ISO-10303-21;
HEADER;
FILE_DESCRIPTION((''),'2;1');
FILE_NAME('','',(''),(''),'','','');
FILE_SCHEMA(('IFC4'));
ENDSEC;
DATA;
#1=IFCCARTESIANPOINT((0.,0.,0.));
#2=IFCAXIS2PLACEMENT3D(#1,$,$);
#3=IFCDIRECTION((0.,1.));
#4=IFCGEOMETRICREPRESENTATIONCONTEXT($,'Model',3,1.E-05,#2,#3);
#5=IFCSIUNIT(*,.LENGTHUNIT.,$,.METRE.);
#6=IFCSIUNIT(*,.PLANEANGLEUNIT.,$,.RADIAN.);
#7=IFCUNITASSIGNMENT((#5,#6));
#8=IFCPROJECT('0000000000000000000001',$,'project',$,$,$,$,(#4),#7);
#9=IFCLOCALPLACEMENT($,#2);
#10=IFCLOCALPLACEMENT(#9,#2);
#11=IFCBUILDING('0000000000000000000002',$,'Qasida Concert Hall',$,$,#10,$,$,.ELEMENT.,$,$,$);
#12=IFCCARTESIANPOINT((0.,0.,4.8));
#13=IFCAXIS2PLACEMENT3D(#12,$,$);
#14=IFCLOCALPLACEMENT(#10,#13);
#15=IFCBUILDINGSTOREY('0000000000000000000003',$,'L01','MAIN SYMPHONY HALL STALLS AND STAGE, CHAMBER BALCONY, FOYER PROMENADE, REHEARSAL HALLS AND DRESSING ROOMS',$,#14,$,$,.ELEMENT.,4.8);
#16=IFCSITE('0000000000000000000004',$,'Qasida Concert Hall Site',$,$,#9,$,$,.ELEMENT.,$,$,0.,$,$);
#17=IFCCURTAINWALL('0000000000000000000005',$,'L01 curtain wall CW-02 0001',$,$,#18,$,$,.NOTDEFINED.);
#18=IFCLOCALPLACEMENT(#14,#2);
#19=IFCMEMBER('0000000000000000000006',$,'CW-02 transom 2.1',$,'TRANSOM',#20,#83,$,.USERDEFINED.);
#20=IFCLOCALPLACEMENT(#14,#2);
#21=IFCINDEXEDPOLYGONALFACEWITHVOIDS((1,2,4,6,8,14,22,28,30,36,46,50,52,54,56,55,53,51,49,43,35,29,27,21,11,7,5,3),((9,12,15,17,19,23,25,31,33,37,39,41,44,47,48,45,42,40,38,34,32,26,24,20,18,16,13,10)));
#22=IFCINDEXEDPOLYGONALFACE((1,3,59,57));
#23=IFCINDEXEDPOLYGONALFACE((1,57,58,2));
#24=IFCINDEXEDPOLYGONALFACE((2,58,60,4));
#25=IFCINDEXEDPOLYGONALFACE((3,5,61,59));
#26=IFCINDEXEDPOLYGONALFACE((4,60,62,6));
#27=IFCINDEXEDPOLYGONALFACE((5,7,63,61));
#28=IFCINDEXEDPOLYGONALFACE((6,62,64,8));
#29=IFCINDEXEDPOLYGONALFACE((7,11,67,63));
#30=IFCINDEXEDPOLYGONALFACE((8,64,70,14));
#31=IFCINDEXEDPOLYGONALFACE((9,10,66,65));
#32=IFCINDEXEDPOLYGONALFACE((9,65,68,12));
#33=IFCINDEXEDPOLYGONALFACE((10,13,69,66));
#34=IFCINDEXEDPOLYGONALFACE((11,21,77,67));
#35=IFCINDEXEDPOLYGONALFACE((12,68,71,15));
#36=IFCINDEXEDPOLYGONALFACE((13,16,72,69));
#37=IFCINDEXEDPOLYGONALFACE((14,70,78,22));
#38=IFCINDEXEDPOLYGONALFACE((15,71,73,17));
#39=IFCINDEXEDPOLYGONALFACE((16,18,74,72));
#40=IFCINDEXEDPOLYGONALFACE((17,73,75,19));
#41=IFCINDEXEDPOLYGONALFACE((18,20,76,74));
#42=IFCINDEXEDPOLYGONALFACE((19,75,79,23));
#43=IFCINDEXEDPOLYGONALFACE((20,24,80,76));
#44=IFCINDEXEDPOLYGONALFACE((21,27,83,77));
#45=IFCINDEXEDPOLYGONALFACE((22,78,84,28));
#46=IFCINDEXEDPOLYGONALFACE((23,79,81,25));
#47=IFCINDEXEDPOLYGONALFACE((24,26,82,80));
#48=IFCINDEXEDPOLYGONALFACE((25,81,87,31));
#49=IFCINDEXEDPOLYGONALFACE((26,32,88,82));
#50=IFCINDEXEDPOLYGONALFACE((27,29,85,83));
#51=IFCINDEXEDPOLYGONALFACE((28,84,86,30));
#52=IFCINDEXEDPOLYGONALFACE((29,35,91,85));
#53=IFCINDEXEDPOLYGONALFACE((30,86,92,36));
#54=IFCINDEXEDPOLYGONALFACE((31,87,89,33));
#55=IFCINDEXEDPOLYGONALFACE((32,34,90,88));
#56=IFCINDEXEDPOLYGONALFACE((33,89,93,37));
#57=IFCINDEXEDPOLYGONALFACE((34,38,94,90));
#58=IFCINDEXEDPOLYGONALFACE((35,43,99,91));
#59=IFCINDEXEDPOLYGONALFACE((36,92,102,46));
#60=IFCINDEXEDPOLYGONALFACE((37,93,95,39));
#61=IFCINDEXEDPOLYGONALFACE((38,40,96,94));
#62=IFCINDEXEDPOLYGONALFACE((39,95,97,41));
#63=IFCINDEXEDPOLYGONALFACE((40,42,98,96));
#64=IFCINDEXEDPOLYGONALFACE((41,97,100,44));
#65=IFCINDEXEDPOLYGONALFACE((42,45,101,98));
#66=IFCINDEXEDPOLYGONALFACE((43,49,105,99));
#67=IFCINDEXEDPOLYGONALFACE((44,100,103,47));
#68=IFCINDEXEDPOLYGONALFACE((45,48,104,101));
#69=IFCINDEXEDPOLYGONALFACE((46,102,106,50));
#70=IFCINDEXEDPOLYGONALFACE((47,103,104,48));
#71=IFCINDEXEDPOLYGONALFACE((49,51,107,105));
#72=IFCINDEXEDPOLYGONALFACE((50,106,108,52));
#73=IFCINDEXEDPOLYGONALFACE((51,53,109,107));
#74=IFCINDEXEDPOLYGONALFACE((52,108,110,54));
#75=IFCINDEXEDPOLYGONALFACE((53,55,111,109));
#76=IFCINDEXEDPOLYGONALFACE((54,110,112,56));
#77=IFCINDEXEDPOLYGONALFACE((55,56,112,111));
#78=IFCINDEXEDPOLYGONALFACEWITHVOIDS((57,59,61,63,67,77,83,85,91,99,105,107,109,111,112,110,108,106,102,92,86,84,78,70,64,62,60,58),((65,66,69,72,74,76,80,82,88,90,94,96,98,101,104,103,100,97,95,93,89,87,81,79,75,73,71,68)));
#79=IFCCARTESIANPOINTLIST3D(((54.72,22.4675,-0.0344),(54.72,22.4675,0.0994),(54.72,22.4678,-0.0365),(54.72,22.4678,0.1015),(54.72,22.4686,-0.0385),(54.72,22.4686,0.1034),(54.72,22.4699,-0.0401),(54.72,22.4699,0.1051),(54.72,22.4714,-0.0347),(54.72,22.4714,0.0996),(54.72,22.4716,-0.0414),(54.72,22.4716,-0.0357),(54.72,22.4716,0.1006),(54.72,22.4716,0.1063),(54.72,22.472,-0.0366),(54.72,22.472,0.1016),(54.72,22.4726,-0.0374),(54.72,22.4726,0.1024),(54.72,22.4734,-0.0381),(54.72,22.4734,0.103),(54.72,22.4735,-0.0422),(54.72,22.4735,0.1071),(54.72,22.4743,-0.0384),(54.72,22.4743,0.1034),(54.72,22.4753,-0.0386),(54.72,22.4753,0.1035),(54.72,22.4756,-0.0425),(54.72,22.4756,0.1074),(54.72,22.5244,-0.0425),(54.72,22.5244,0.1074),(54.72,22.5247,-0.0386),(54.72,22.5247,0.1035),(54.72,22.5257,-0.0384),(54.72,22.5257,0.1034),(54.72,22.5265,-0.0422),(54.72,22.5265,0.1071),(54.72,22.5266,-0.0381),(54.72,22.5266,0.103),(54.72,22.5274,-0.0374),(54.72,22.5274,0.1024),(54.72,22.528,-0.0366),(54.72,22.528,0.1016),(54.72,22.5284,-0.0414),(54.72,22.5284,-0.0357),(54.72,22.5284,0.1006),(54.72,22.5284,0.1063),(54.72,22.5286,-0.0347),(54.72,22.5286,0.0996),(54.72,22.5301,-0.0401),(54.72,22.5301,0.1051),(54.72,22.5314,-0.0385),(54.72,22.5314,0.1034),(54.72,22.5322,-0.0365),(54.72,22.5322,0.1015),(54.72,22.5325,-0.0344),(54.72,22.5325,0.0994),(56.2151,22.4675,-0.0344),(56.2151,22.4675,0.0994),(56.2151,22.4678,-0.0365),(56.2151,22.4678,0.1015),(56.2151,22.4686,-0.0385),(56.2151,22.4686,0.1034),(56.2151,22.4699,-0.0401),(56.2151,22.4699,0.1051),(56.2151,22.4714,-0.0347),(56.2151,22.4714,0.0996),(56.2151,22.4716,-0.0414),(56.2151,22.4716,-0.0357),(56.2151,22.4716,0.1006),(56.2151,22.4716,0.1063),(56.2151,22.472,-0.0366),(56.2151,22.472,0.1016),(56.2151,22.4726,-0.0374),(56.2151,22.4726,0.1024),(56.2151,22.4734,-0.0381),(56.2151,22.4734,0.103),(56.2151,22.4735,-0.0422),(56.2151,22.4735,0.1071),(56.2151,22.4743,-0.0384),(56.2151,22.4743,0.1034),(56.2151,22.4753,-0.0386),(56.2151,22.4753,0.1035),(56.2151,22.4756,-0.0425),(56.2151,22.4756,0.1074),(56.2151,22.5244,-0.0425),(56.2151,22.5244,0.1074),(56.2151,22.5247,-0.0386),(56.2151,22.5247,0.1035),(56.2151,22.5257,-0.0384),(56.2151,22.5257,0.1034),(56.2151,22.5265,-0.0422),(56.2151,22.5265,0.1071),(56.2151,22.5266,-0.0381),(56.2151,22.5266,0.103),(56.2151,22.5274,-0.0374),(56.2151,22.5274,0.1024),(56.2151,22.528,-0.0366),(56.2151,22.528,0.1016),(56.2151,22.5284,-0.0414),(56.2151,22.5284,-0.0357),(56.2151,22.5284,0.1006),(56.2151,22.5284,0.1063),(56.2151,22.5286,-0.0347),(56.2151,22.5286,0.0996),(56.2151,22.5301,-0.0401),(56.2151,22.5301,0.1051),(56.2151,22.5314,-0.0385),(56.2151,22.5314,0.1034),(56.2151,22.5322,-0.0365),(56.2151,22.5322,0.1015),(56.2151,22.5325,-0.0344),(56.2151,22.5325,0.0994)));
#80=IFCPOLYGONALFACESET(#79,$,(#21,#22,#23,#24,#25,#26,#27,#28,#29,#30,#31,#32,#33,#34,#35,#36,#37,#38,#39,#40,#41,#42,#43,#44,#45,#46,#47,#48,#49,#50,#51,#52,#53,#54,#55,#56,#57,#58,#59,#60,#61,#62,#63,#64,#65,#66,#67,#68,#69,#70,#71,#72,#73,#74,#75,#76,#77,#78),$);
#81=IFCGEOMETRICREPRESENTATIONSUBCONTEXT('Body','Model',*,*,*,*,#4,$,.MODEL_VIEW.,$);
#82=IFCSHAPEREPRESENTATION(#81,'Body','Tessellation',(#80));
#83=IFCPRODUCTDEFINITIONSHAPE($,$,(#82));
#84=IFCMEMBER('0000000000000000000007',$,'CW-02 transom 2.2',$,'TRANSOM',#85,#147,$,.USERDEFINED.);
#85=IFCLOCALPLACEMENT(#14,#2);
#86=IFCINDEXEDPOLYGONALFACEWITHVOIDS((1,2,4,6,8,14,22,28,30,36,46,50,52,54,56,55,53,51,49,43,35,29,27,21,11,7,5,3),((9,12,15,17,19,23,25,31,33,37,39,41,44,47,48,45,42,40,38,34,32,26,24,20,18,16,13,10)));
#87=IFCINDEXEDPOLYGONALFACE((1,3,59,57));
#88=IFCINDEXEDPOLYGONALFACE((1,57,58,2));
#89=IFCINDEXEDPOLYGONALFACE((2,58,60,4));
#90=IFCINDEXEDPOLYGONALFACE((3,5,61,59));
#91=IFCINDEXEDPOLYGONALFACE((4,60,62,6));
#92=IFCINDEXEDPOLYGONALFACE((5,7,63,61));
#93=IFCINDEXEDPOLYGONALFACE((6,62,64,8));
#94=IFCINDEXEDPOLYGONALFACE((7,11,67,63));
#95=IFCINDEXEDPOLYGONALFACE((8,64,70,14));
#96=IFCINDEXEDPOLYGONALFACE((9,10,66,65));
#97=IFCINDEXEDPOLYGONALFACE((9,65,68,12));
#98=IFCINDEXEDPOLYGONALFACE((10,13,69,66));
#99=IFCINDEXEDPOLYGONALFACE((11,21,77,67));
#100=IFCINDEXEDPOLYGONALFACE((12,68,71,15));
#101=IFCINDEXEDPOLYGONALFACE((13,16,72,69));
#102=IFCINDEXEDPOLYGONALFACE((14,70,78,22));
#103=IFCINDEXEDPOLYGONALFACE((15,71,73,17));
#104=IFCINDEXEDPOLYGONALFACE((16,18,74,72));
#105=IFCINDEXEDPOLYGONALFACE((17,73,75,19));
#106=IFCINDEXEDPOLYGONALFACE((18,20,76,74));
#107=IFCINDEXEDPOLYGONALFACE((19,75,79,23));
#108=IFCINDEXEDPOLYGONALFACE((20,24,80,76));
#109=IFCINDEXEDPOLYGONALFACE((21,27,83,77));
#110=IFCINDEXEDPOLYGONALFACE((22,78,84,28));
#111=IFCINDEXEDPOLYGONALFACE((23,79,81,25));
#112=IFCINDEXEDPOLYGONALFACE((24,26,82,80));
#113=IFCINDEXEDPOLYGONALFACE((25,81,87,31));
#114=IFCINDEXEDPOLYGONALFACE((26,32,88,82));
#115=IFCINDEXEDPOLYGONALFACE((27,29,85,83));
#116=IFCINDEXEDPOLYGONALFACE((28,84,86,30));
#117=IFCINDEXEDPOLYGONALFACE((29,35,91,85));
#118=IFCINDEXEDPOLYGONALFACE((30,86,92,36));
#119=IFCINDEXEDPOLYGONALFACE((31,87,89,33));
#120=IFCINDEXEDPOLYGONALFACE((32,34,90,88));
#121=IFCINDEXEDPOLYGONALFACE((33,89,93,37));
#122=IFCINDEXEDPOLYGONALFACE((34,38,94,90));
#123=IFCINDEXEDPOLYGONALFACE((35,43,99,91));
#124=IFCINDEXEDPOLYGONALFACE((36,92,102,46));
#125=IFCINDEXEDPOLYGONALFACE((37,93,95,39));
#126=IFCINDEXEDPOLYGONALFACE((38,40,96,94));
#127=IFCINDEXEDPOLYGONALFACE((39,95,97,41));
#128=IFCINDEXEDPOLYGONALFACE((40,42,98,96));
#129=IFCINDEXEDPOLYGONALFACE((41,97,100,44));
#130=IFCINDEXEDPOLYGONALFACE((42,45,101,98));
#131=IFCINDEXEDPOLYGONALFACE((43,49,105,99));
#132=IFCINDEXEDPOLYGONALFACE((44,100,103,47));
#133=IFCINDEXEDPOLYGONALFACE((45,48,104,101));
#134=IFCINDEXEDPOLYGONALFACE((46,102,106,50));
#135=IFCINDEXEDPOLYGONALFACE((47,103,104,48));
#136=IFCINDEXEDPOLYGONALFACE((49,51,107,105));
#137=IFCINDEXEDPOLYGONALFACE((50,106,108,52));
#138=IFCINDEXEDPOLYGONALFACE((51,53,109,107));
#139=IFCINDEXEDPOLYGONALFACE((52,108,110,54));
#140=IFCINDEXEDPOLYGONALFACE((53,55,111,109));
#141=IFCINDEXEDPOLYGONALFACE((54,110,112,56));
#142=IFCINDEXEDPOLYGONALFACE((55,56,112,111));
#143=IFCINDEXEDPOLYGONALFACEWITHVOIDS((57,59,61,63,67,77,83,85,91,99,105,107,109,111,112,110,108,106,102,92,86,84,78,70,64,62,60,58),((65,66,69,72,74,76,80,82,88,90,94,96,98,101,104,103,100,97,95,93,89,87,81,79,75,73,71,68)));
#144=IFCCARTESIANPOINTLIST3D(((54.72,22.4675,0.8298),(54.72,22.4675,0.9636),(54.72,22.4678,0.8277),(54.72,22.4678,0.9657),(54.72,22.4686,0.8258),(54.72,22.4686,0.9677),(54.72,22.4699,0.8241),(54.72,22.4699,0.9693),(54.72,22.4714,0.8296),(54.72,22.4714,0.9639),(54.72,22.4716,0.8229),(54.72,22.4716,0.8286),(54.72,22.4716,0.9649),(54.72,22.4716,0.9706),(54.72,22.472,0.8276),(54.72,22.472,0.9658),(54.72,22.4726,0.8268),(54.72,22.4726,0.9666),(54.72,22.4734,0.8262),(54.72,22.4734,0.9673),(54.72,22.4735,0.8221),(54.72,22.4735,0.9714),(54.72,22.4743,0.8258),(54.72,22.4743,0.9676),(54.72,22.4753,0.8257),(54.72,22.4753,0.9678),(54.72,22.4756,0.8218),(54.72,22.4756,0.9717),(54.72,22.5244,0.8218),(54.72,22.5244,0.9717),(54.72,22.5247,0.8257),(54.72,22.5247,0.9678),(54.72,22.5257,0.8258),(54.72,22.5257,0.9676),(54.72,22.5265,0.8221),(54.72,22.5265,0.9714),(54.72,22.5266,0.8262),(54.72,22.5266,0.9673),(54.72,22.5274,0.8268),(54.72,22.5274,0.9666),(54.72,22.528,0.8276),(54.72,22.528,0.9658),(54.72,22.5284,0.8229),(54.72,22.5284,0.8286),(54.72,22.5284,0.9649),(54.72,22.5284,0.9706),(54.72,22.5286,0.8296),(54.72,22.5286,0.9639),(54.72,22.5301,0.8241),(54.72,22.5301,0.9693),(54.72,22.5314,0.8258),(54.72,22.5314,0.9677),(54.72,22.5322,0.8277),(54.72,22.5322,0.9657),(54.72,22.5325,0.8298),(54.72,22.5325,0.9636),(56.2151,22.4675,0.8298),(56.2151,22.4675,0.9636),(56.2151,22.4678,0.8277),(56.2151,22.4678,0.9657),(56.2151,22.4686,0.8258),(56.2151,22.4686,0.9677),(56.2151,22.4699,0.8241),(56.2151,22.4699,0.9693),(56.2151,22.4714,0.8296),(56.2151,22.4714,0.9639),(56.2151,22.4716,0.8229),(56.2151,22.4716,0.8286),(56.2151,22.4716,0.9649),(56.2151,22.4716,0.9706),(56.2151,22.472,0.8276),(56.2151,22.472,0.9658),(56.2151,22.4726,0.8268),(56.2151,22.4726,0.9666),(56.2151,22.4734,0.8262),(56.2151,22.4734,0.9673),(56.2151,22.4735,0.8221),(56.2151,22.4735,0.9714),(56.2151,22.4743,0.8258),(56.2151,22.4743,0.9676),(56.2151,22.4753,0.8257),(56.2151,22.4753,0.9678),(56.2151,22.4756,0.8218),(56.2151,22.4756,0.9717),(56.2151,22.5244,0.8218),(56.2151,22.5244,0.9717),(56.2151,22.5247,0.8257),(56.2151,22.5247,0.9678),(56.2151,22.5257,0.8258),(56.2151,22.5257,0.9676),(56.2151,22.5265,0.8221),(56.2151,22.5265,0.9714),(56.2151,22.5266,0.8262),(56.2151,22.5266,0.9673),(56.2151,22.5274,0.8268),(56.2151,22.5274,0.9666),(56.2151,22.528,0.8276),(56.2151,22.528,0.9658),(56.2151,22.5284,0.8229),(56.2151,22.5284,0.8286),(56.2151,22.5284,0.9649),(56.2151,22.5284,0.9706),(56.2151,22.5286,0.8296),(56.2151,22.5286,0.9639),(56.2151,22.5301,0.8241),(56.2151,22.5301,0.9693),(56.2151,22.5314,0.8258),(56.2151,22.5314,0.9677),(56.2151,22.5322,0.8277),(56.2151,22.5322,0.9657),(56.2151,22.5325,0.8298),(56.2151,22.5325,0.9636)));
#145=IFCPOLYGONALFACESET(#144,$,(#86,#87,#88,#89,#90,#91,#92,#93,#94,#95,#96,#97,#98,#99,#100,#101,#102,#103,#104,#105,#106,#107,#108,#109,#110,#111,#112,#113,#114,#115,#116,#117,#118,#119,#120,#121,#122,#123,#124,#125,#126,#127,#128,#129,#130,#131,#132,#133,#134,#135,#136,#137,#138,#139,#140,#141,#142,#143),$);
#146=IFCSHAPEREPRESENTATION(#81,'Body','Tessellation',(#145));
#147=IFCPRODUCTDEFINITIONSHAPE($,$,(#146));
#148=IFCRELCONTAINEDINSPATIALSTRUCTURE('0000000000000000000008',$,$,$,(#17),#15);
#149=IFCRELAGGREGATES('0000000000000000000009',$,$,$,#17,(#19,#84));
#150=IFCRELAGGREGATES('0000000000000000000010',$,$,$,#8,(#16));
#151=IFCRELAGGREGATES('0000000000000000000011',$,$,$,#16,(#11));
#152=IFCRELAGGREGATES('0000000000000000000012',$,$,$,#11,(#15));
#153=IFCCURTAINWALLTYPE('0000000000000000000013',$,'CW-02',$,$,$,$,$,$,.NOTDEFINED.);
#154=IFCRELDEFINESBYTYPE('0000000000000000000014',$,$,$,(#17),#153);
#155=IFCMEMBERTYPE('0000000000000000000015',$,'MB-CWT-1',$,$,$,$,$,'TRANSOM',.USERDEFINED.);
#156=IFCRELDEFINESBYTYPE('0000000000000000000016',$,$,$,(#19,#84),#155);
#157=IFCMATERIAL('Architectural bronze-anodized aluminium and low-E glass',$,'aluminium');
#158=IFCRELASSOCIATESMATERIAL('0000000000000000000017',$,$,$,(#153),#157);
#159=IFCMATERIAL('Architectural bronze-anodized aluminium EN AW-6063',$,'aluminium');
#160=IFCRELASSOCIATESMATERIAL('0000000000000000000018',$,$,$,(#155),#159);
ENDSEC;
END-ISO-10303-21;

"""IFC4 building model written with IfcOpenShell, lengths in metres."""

from ifc_helpers import new_model, si_unit, direction, frame, origin, origin_2d, place, context, subcontext, project, spatial, hollow_rectangle, extrude, material, material_profile, profile_set, type_object, element, aggregate, save


model = new_model("IFC4")

# Units and contexts
model_context = context("Model", 3, precision=1e-05, world=origin(), true_north=direction((0.0, 1.0)))
body_context = subcontext(model_context, "Body", "Model", "MODEL_VIEW")
ifc_project = project(units=[si_unit("LENGTHUNIT", "METRE"), si_unit("PLANEANGLEUNIT", "RADIAN")], contexts=[model_context])

# Site, building, storey
site_placement = place(None, origin())
site = spatial("IfcSite", under=ifc_project, at=site_placement, Name="Qasida Concert Hall Site", CompositionType="ELEMENT", RefElevation=0.0)
building_placement = place(site_placement, origin())
building = spatial("IfcBuilding", under=site, at=building_placement, Name="Qasida Concert Hall", CompositionType="ELEMENT")
storey_placement = place(building_placement, frame((0.0, 0.0, 4.8)))
storey = spatial("IfcBuildingStorey", under=building, at=storey_placement, Name="L01", Description="MAIN SYMPHONY HALL STALLS AND STAGE, CHAMBER BALCONY, FOYER PROMENADE, REHEARSAL HALLS AND DRESSING ROOMS", CompositionType="ELEMENT", Elevation=4.8)

# Curtain wall, members
ifc_material_1 = material(Name="Architectural bronze-anodized aluminium and low-E glass", Category="aluminium")
curtain_wall_type = type_object("IfcCurtainWallType", Name="CW-02", PredefinedType="NOTDEFINED", material=ifc_material_1)
curtain_wall_placement = place(storey_placement, origin())
curtain_wall = element("IfcCurtainWall", 1, at=curtain_wall_placement, inside=storey, type_object=curtain_wall_type, Name="L01 curtain wall CW-02 0001", PredefinedType="NOTDEFINED")
ifc_material_2 = material(Name="Architectural bronze-anodized aluminium EN AW-6063", Category="aluminium")
ifc_material_profile_1 = material_profile(ifc_material_2, hollow_rectangle(XDim=0.0649, YDim=0.1499, WallThickness=0.0039, InnerFilletRadius=0.0039, OuterFilletRadius=0.0081, at=origin_2d()), Name="CWT 150x65x4")
ifc_profile_set_1 = profile_set([ifc_material_profile_1], Name="Architectural bronze-anodized aluminium EN AW-6063")
member_type_1 = type_object("IfcMemberType", Name="MB-CWT-1", ElementType="TRANSOM", PredefinedType="USERDEFINED", material=ifc_profile_set_1)
member_1_placement = place(storey_placement, frame((54.72, 22.5, 0.0325), z_axis=(1.0, 0.0, 0.0), x_axis=(0.0, 1.0, 0.0)))
member_1 = element("IfcMember", 2, at=member_1_placement, type_object=member_type_1, Name="CW-02 transom 2.1", ObjectType="TRANSOM", PredefinedType="USERDEFINED", context=body_context, shape_type="SweptSolid", body=[
    extrude(hollow_rectangle(XDim=0.0649, YDim=0.1499, WallThickness=0.0039, InnerFilletRadius=0.0039, OuterFilletRadius=0.0081, at=origin_2d()), origin(), (0.0, 0.0, 1.0), 1.4951),
])
member_2_placement = place(storey_placement, frame((54.72, 22.5, 0.8967), z_axis=(1.0, 0.0, 0.0), x_axis=(0.0, 1.0, 0.0)))
member_2 = element("IfcMember", 3, at=member_2_placement, type_object=member_type_1, Name="CW-02 transom 2.2", ObjectType="TRANSOM", PredefinedType="USERDEFINED", context=body_context, shape_type="SweptSolid", body=[
    extrude(hollow_rectangle(XDim=0.0649, YDim=0.1499, WallThickness=0.0039, InnerFilletRadius=0.0039, OuterFilletRadius=0.0081, at=origin_2d()), origin(), (0.0, 0.0, 1.0), 1.4951),
])
aggregate(curtain_wall, [member_1, member_2])

save(model, "model.ifc")
